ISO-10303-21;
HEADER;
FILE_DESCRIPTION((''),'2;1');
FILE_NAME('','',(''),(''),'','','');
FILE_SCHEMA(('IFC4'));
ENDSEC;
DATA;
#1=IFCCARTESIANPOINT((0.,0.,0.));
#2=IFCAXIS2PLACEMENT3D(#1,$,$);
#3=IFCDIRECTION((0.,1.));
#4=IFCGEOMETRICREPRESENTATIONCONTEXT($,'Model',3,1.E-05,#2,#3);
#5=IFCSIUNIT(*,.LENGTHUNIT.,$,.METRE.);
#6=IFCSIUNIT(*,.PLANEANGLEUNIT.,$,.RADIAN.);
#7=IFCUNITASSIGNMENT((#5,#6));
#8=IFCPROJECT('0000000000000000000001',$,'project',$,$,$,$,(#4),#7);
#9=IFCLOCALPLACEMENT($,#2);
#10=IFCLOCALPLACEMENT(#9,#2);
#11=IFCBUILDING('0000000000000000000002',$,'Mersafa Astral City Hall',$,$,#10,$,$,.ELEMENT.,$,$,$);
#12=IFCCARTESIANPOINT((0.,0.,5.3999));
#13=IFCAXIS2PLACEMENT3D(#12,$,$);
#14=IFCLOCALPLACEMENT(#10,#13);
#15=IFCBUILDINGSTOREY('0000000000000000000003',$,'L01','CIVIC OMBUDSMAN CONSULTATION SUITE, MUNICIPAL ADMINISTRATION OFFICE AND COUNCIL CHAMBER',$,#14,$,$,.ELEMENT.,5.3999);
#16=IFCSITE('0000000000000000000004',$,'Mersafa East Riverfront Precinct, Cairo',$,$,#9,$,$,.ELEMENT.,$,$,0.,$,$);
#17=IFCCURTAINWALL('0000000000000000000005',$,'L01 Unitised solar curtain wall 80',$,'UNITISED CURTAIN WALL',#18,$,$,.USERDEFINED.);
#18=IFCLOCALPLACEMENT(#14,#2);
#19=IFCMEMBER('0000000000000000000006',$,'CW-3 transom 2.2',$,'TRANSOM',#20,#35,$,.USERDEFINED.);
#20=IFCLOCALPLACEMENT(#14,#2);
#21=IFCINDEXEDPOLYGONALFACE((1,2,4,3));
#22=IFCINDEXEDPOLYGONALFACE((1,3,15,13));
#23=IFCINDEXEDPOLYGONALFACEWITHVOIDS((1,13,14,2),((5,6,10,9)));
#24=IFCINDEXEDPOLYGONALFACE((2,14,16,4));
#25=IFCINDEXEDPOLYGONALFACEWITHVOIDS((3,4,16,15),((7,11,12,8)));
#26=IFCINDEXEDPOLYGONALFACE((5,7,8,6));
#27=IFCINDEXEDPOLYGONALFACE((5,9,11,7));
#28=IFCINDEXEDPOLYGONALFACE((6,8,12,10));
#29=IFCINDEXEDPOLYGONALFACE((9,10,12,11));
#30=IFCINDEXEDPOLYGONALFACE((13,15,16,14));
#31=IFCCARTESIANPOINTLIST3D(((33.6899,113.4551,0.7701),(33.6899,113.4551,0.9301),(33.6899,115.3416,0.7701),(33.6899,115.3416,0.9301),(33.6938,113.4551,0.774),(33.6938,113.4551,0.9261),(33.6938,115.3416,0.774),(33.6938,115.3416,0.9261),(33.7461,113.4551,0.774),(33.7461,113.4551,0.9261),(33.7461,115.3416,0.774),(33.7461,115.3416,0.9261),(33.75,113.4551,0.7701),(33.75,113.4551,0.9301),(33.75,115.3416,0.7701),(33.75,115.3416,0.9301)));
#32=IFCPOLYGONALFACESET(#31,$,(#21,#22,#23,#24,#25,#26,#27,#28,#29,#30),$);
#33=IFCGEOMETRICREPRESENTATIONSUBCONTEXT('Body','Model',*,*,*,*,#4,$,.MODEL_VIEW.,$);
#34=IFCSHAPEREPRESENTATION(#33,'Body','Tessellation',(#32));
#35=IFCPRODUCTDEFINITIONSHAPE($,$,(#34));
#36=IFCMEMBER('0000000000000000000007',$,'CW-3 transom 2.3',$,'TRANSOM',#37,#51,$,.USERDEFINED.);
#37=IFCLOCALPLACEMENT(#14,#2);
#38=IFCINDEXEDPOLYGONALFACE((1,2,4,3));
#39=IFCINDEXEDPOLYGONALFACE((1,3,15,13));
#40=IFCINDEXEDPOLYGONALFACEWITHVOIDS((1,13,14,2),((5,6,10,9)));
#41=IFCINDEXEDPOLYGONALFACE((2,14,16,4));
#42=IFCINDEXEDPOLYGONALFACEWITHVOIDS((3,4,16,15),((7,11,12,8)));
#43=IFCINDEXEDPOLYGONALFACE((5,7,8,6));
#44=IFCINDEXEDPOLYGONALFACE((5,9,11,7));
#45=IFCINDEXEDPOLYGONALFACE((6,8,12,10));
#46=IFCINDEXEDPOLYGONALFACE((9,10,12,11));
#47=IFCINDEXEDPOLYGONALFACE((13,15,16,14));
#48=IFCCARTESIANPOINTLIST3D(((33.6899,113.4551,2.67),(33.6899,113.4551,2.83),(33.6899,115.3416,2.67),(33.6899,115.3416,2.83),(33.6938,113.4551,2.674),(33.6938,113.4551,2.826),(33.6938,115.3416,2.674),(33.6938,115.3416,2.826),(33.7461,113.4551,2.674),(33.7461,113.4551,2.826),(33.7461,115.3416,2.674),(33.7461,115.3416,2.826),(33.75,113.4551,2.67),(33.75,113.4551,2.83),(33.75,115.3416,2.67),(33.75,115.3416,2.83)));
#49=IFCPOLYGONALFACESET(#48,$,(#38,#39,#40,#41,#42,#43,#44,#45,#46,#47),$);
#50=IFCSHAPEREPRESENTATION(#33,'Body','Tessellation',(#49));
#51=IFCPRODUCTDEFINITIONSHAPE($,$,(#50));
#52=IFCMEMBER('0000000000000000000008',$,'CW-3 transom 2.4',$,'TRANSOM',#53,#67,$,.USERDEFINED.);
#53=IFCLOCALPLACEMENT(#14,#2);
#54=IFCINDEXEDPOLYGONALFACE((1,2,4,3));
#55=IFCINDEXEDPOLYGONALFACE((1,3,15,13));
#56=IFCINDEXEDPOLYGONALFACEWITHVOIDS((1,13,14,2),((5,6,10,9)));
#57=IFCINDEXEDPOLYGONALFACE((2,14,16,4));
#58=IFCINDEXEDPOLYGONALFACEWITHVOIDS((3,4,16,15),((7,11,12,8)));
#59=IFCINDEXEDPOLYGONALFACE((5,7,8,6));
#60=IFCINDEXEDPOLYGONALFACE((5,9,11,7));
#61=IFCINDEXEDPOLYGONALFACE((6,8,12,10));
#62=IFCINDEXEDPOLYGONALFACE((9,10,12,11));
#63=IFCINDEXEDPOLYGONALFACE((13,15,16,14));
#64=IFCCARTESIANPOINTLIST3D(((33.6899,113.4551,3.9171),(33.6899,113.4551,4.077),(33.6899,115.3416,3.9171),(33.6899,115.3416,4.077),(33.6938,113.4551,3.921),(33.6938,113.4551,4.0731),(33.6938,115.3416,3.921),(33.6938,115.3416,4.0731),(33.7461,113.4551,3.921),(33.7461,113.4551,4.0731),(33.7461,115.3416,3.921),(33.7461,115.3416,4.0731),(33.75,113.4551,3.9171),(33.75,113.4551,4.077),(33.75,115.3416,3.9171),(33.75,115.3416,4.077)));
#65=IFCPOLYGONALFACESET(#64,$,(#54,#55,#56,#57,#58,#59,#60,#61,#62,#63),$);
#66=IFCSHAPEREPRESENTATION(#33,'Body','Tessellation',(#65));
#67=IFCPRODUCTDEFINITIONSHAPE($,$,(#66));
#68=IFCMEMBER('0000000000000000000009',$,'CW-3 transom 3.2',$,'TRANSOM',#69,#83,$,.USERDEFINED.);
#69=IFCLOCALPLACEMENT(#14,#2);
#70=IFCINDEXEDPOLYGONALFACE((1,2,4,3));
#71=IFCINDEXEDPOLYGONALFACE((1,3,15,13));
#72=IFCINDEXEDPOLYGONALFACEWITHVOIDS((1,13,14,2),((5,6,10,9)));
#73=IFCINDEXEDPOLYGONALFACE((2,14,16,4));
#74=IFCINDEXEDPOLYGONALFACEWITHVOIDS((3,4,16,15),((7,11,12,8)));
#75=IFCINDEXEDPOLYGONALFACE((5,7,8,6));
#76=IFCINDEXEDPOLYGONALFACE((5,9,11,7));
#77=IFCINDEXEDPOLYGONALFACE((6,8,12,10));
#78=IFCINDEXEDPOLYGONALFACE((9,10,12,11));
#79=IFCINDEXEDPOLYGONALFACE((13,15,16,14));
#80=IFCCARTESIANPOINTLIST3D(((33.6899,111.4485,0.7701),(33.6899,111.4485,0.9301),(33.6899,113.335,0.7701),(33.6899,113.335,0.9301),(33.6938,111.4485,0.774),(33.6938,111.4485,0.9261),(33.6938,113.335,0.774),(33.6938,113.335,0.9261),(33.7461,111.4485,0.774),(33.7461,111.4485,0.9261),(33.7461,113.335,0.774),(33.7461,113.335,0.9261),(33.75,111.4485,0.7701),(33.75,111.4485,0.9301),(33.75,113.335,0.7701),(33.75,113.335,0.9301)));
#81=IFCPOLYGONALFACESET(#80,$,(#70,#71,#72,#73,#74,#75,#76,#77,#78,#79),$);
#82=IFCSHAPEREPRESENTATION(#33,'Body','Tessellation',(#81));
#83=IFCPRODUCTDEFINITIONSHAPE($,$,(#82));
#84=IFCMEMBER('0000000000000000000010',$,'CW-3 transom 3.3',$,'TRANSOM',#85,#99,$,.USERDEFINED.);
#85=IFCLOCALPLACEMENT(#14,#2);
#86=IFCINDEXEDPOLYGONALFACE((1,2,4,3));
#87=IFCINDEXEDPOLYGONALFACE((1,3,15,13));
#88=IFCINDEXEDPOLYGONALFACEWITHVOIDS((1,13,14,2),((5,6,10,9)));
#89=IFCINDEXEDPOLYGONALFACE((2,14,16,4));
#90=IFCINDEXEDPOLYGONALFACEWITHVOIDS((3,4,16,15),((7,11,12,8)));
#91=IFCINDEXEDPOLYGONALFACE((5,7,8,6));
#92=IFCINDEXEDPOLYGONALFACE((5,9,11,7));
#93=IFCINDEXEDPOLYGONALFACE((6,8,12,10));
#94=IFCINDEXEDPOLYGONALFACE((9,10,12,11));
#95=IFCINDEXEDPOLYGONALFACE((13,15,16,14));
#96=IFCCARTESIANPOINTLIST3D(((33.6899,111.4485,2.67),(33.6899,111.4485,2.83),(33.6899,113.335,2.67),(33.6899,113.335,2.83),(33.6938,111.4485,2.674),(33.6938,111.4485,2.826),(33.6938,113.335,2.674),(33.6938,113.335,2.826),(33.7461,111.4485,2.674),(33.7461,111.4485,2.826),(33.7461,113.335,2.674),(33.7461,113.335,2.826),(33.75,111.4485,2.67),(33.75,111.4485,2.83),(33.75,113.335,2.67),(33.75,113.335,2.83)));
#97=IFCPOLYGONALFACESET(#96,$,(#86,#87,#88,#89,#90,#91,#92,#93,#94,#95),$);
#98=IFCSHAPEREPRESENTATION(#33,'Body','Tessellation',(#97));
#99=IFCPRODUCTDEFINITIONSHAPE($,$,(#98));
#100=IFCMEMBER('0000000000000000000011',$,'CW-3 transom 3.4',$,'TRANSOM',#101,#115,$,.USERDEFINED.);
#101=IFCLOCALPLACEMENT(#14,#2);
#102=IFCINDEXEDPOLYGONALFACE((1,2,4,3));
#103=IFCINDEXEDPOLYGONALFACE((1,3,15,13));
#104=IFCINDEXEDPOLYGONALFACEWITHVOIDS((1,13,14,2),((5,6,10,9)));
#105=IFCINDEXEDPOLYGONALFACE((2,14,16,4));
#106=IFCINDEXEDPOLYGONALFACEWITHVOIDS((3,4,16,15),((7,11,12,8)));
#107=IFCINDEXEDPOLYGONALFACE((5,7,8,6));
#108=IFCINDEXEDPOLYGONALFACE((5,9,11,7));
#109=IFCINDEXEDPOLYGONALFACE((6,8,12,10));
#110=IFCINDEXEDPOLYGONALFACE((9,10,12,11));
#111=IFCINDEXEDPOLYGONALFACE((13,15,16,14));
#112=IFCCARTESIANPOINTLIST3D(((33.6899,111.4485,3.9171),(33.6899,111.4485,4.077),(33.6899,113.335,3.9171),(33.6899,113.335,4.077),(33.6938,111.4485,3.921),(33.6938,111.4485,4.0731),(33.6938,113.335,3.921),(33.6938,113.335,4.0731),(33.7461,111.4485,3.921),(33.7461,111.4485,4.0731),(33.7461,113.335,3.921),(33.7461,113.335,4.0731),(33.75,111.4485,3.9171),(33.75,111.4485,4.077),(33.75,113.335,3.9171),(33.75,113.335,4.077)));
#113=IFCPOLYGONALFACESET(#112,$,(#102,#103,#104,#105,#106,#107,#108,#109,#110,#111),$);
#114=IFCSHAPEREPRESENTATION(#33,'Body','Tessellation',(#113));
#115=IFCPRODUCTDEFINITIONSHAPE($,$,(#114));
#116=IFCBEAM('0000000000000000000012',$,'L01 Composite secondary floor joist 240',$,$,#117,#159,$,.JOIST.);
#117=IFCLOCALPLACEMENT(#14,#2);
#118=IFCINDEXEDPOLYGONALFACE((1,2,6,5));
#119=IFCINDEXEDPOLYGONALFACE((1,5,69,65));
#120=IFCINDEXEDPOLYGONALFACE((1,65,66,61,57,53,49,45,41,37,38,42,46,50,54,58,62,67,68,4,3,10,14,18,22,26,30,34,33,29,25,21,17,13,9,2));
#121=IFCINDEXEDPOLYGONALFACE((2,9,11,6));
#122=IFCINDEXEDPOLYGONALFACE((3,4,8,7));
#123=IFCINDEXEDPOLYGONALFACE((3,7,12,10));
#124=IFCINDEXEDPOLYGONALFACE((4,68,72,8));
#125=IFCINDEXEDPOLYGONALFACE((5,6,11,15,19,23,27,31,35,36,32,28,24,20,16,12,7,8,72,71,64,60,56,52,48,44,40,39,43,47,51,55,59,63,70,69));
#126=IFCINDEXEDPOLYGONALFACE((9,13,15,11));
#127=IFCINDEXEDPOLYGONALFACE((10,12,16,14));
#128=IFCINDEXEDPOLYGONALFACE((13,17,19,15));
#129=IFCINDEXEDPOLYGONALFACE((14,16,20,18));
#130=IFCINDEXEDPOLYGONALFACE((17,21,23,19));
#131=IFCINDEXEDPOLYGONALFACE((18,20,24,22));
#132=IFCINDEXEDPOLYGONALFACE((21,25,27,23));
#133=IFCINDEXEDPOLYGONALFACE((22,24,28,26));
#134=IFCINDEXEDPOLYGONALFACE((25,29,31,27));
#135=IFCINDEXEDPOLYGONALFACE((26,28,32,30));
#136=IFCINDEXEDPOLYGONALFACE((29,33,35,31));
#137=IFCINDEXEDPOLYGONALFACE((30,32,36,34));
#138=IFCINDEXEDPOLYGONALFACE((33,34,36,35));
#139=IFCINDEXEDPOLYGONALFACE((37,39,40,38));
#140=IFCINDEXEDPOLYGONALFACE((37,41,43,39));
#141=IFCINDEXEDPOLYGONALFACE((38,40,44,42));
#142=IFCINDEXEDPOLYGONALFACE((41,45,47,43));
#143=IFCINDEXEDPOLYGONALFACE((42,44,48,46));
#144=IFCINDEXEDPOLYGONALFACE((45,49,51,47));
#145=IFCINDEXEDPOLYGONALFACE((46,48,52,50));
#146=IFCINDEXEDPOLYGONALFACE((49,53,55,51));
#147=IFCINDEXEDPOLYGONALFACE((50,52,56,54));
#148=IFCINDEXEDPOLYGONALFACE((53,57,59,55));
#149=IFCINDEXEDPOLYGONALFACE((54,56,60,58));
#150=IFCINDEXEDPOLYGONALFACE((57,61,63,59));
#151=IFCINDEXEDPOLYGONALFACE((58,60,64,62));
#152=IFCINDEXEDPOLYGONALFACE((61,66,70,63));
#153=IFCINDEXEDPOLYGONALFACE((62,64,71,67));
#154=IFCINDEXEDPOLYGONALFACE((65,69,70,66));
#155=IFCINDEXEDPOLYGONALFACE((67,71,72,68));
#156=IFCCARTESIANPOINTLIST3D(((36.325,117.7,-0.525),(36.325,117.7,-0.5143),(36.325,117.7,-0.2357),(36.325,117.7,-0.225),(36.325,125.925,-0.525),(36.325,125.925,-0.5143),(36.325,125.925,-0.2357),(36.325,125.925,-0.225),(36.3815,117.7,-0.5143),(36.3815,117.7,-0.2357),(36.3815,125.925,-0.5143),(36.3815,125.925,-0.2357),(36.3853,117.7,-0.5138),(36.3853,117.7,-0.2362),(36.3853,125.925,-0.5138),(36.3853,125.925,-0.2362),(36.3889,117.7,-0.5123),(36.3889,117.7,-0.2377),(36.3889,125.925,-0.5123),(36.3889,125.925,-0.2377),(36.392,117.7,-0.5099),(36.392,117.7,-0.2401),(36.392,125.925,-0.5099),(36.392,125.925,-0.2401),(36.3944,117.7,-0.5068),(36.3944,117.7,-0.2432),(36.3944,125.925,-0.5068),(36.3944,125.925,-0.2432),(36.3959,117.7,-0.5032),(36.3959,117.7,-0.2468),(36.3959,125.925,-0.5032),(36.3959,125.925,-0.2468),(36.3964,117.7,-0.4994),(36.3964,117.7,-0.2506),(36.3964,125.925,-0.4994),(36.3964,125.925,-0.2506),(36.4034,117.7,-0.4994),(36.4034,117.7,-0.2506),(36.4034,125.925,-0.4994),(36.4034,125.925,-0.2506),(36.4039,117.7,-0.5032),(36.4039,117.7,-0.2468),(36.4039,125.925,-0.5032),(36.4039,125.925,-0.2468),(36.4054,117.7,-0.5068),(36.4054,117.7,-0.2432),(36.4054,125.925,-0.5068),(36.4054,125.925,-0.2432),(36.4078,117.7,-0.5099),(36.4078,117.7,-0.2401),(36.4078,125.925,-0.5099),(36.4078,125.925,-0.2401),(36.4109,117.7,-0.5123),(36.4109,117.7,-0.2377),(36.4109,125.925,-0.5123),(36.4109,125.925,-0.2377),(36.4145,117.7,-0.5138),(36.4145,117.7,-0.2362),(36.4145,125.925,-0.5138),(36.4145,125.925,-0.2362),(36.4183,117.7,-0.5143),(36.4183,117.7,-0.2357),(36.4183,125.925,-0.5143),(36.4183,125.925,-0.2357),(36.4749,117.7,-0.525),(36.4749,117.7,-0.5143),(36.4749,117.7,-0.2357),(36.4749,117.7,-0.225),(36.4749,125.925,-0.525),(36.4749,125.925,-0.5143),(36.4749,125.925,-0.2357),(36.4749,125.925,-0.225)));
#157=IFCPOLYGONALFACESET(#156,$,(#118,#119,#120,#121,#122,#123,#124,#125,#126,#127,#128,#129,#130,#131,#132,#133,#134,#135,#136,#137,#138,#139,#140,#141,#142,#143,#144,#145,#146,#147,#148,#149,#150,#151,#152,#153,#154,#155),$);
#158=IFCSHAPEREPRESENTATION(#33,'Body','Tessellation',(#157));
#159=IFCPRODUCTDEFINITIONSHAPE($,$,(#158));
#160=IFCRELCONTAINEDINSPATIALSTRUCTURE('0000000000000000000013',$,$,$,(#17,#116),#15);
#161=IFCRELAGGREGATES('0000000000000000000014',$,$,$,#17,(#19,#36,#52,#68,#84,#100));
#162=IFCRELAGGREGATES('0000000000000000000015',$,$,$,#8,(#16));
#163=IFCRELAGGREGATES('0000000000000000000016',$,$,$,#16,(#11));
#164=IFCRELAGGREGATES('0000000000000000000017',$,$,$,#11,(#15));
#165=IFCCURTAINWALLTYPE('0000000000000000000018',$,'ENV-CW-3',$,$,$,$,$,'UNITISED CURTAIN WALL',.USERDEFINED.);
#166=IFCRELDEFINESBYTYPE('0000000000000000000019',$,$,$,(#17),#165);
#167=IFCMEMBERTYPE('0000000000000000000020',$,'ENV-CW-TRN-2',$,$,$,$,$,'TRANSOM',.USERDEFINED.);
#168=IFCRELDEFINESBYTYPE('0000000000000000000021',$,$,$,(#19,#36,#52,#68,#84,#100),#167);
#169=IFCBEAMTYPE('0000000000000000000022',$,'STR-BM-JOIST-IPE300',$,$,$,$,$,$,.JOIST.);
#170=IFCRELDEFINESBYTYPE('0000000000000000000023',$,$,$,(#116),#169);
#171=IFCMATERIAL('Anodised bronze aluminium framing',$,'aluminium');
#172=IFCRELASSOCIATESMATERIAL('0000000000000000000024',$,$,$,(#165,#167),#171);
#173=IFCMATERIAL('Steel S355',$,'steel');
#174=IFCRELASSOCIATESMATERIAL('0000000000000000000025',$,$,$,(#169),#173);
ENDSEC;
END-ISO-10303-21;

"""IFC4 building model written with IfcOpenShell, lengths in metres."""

from ifc_helpers import new_model, si_unit, direction, frame, origin, origin_2d, place, context, subcontext, project, spatial, hollow_rectangle, i_section, extrude, material, material_profile, profile_set, type_object, element, aggregate, save


model = new_model("IFC4")

# Units and contexts
model_context = context("Model", 3, precision=1e-05, world=origin(), true_north=direction((0.0, 1.0)))
body_context = subcontext(model_context, "Body", "Model", "MODEL_VIEW")
ifc_project = project(units=[si_unit("LENGTHUNIT", "METRE"), si_unit("PLANEANGLEUNIT", "RADIAN")], contexts=[model_context])

# Site, building, storey
site_placement = place(None, origin())
site = spatial("IfcSite", under=ifc_project, at=site_placement, Name="Mersafa East Riverfront Precinct, Cairo", CompositionType="ELEMENT", RefElevation=0.0)
building_placement = place(site_placement, origin())
building = spatial("IfcBuilding", under=site, at=building_placement, Name="Mersafa Astral City Hall", CompositionType="ELEMENT")
storey_placement = place(building_placement, frame((0.0, 0.0, 5.3999)))
storey = spatial("IfcBuildingStorey", under=building, at=storey_placement, Name="L01", Description="CIVIC OMBUDSMAN CONSULTATION SUITE, MUNICIPAL ADMINISTRATION OFFICE AND COUNCIL CHAMBER", CompositionType="ELEMENT", Elevation=5.3999)

# Shared definitions
ifc_material_1 = material(Name="Anodised bronze aluminium framing", Category="aluminium")

# Curtain wall
curtain_wall_type_1 = type_object("IfcCurtainWallType", Name="ENV-CW-3", ElementType="UNITISED CURTAIN WALL", PredefinedType="USERDEFINED", material=ifc_material_1)
curtain_wall_1_placement = place(storey_placement, origin())
curtain_wall_1 = element("IfcCurtainWall", 1, at=curtain_wall_1_placement, inside=storey, type_object=curtain_wall_type_1, Name="L01 Unitised solar curtain wall 80", ObjectType="UNITISED CURTAIN WALL", PredefinedType="USERDEFINED")

# Members
ifc_material_profile_1 = material_profile(ifc_material_1, hollow_rectangle(XDim=0.0601, YDim=0.1599, WallThickness=0.0039, at=origin_2d()), Name="RHS 60x160x4")
ifc_profile_set_1 = profile_set([ifc_material_profile_1], Name="Anodised bronze aluminium framing")
member_type_1 = type_object("IfcMemberType", Name="ENV-CW-TRN-2", ElementType="TRANSOM", PredefinedType="USERDEFINED", material=ifc_profile_set_1)
member_1_placement = place(storey_placement, frame((33.72, 115.3416, 0.8501), z_axis=(0.0, -1.0, 0.0), x_axis=(1.0, 0.0, 0.0)))
member_1 = element("IfcMember", 2, at=member_1_placement, type_object=member_type_1, Name="CW-3 transom 2.2", ObjectType="TRANSOM", PredefinedType="USERDEFINED", context=body_context, shape_type="SweptSolid", body=[
    extrude(hollow_rectangle(XDim=0.0601, YDim=0.1599, WallThickness=0.0039, at=origin_2d()), origin(), (0.0, 0.0, 1.0), 1.8865),
])
member_2_placement = place(storey_placement, frame((33.72, 115.3416, 2.75), z_axis=(0.0, -1.0, 0.0), x_axis=(1.0, 0.0, 0.0)))
member_2 = element("IfcMember", 3, at=member_2_placement, type_object=member_type_1, Name="CW-3 transom 2.3", ObjectType="TRANSOM", PredefinedType="USERDEFINED", context=body_context, shape_type="SweptSolid", body=[
    extrude(hollow_rectangle(XDim=0.0601, YDim=0.1599, WallThickness=0.0039, at=origin_2d()), origin(), (0.0, 0.0, 1.0), 1.8865),
])
member_3_placement = place(storey_placement, frame((33.72, 115.3416, 3.9971), z_axis=(0.0, -1.0, 0.0), x_axis=(1.0, 0.0, 0.0)))
member_3 = element("IfcMember", 4, at=member_3_placement, type_object=member_type_1, Name="CW-3 transom 2.4", ObjectType="TRANSOM", PredefinedType="USERDEFINED", context=body_context, shape_type="SweptSolid", body=[
    extrude(hollow_rectangle(XDim=0.0601, YDim=0.1599, WallThickness=0.0039, at=origin_2d()), origin(), (0.0, 0.0, 1.0), 1.8865),
])
member_4_placement = place(storey_placement, frame((33.72, 113.335, 0.8501), z_axis=(0.0, -1.0, 0.0), x_axis=(1.0, 0.0, 0.0)))
member_4 = element("IfcMember", 5, at=member_4_placement, type_object=member_type_1, Name="CW-3 transom 3.2", ObjectType="TRANSOM", PredefinedType="USERDEFINED", context=body_context, shape_type="SweptSolid", body=[
    extrude(hollow_rectangle(XDim=0.0601, YDim=0.1599, WallThickness=0.0039, at=origin_2d()), origin(), (0.0, 0.0, 1.0), 1.8865),
])
member_5_placement = place(storey_placement, frame((33.72, 113.335, 2.75), z_axis=(0.0, -1.0, 0.0), x_axis=(1.0, 0.0, 0.0)))
member_5 = element("IfcMember", 6, at=member_5_placement, type_object=member_type_1, Name="CW-3 transom 3.3", ObjectType="TRANSOM", PredefinedType="USERDEFINED", context=body_context, shape_type="SweptSolid", body=[
    extrude(hollow_rectangle(XDim=0.0601, YDim=0.1599, WallThickness=0.0039, at=origin_2d()), origin(), (0.0, 0.0, 1.0), 1.8865),
])
member_6_placement = place(storey_placement, frame((33.72, 113.335, 3.9971), z_axis=(0.0, -1.0, 0.0), x_axis=(1.0, 0.0, 0.0)))
member_6 = element("IfcMember", 7, at=member_6_placement, type_object=member_type_1, Name="CW-3 transom 3.4", ObjectType="TRANSOM", PredefinedType="USERDEFINED", context=body_context, shape_type="SweptSolid", body=[
    extrude(hollow_rectangle(XDim=0.0601, YDim=0.1599, WallThickness=0.0039, at=origin_2d()), origin(), (0.0, 0.0, 1.0), 1.8865),
])

# Beam
ifc_material_2 = material(Name="Steel S355", Category="steel")
ifc_material_profile_2 = material_profile(ifc_material_2, i_section(OverallWidth=0.1499, OverallDepth=0.3, WebThickness=0.0071, FlangeThickness=0.0107, FilletRadius=0.0149, at=origin_2d()), Name="IPE 300")
ifc_profile_set_2 = profile_set([ifc_material_profile_2], Name="Steel S355")
beam_type = type_object("IfcBeamType", Name="STR-BM-JOIST-IPE300", PredefinedType="JOIST", material=ifc_profile_set_2)
for number, where, z_axis, x_axis, name in (
    (8, (36.3999, 117.7, -0.375), (0.0, 1.0, 0.0), (-1.0, 0.0, 0.0), "L01 Composite secondary floor joist 240"),
):
    element("IfcBeam", number, at=place(storey_placement, frame(where, z_axis=z_axis, x_axis=x_axis)), inside=storey, type_object=beam_type, Name=name, PredefinedType="JOIST", context=body_context, shape_type="SweptSolid", body=[
        extrude(i_section(OverallWidth=0.1499, OverallDepth=0.3, WebThickness=0.0071, FlangeThickness=0.0107, FilletRadius=0.0149, at=origin_2d()), origin(), (0.0, 0.0, 1.0), 8.2251),
    ])

aggregate(curtain_wall_1, [member_1, member_2, member_3, member_4, member_5, member_6])

save(model, "model.ifc")
